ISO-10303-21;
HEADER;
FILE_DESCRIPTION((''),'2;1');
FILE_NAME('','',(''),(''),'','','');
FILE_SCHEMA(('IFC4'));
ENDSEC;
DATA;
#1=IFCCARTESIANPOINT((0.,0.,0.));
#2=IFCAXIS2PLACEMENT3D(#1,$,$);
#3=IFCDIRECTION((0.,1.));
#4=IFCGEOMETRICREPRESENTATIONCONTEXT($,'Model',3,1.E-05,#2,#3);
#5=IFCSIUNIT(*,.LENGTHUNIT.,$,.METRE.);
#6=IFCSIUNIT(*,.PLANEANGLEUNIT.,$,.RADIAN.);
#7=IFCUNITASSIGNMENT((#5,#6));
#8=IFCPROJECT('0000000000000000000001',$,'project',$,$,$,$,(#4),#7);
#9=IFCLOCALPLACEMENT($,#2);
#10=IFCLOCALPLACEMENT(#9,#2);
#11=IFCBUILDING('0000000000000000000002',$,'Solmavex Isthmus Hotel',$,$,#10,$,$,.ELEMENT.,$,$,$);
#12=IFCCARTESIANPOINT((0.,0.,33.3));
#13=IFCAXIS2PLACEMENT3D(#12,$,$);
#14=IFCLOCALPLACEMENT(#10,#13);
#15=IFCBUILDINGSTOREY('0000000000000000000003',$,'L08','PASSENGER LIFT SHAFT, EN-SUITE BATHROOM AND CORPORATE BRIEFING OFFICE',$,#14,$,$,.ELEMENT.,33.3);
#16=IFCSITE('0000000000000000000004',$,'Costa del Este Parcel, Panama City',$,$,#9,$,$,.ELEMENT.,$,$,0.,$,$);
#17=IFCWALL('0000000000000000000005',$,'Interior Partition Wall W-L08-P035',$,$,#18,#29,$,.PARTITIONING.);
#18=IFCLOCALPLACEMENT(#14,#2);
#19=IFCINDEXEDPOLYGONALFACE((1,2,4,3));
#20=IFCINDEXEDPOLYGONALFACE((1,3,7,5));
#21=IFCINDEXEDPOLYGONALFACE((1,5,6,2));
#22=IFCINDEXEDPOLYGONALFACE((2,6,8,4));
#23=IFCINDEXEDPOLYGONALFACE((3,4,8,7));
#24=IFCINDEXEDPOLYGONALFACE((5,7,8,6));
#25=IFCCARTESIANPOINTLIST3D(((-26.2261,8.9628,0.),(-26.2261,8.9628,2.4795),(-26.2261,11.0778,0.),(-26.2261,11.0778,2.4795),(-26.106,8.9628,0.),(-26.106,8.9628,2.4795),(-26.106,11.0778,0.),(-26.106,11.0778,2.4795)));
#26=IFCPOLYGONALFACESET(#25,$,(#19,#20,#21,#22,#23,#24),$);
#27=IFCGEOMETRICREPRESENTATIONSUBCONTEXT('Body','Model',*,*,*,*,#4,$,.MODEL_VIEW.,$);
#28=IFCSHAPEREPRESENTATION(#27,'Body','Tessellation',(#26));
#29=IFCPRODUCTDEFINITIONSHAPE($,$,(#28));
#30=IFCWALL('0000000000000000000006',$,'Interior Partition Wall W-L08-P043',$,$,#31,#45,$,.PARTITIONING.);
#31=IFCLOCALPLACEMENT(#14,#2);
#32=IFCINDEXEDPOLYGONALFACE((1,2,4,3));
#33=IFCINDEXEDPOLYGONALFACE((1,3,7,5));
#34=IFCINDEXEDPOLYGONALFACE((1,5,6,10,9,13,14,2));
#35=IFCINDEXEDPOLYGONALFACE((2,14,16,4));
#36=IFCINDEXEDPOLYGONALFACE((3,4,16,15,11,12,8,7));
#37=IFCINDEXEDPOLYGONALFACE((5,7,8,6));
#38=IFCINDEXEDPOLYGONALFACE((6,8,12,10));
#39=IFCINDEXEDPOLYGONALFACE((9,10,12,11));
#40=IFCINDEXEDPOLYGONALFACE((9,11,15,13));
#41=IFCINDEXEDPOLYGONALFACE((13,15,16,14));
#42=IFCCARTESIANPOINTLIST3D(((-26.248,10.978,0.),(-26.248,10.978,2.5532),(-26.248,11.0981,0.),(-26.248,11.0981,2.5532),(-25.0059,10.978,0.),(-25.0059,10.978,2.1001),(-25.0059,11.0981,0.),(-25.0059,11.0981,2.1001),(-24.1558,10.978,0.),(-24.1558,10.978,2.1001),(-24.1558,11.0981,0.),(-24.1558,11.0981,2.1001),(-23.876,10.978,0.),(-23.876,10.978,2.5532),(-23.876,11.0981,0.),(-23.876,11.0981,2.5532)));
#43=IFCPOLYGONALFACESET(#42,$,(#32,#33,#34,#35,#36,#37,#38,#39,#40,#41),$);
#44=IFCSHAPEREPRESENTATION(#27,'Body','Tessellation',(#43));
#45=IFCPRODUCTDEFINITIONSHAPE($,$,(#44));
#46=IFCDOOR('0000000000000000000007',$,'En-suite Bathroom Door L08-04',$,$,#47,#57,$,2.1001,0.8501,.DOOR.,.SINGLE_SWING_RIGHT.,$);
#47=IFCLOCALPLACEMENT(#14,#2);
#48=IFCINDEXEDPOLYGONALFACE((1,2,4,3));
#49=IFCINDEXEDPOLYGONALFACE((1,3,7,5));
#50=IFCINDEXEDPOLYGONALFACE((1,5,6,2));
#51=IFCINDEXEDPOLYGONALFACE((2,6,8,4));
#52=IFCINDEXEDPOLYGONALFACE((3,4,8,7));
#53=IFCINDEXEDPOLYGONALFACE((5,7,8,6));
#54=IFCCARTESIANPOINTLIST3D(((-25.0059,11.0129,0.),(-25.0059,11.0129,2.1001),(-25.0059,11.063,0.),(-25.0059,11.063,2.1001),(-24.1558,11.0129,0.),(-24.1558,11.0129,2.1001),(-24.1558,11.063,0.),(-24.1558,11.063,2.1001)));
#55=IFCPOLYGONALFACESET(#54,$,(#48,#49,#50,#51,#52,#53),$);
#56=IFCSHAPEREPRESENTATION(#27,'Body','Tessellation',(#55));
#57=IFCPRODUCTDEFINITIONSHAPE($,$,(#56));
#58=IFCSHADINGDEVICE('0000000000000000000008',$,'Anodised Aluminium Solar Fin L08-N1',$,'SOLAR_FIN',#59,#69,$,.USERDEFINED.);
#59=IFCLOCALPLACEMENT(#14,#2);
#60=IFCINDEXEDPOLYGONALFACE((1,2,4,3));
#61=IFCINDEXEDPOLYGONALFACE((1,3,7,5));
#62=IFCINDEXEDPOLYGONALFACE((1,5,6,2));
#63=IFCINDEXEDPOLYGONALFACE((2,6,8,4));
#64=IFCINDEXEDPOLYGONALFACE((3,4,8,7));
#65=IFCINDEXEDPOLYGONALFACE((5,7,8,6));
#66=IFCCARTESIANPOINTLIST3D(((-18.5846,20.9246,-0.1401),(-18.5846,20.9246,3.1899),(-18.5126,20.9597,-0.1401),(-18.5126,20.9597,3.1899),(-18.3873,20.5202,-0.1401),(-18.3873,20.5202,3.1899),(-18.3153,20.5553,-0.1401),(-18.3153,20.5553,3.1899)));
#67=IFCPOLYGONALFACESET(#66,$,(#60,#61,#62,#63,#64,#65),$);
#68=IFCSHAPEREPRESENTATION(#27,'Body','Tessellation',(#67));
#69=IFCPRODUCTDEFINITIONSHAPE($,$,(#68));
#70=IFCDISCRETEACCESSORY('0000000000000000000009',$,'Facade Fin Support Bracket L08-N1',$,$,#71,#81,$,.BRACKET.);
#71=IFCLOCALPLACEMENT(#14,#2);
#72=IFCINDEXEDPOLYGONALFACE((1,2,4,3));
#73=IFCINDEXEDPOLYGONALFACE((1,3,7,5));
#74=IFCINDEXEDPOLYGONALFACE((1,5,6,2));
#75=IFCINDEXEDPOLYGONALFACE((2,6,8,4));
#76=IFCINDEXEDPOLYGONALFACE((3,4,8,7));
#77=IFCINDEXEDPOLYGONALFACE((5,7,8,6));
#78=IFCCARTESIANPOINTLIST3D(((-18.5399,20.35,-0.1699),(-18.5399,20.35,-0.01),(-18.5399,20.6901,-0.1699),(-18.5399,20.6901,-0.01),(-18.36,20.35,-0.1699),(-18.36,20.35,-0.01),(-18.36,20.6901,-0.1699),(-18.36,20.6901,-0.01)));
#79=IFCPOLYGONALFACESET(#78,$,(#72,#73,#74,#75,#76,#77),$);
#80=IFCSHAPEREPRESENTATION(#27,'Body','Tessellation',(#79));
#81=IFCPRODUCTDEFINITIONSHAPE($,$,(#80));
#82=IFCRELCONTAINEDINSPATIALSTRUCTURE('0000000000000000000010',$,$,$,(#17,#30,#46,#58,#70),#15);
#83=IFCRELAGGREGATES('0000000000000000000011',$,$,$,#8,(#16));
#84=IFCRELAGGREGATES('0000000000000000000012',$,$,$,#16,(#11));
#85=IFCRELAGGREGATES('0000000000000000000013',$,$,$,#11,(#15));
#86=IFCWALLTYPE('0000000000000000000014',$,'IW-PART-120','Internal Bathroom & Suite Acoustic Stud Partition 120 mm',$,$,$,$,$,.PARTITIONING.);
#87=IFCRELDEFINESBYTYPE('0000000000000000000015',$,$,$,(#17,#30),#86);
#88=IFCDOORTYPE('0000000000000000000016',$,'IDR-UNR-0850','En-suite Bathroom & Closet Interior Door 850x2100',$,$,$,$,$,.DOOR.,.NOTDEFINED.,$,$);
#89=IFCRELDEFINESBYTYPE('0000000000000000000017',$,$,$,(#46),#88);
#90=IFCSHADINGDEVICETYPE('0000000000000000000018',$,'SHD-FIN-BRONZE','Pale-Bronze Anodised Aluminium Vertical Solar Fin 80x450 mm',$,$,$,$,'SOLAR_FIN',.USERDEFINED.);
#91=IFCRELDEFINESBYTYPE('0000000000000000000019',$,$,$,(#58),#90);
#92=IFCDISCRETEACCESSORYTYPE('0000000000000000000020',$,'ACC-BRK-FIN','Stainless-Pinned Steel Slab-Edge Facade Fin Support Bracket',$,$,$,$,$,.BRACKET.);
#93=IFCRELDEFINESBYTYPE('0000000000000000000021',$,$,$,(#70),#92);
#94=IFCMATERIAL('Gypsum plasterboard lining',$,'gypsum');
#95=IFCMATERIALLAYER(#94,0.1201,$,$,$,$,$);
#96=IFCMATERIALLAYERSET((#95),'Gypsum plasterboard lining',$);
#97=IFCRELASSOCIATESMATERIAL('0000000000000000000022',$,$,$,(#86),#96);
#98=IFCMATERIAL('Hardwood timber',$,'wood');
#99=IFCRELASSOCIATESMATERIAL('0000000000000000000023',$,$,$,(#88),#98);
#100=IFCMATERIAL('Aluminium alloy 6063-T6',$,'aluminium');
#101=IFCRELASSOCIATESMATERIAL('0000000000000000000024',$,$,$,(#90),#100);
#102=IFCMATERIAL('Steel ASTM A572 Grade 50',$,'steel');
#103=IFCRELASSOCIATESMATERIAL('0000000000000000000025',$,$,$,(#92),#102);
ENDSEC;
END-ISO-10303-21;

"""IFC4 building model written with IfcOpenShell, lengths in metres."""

from ifc_helpers import new_model, si_unit, direction, frame, frame_2d, origin, origin_2d, place, context, subcontext, project, spatial, rectangle, extrude, material, layer, layer_set, type_object, element, fill, save


model = new_model("IFC4")

# Units and contexts
model_context = context("Model", 3, precision=1e-05, world=origin(), true_north=direction((0.0, 1.0)))
body_context = subcontext(model_context, "Body", "Model", "MODEL_VIEW")
ifc_project = project(units=[si_unit("LENGTHUNIT", "METRE"), si_unit("PLANEANGLEUNIT", "RADIAN")], contexts=[model_context])

# Site, building, storey
site_placement = place(None, origin())
site = spatial("IfcSite", under=ifc_project, at=site_placement, Name="Costa del Este Parcel, Panama City", CompositionType="ELEMENT", RefElevation=0.0)
building_placement = place(site_placement, origin())
building = spatial("IfcBuilding", under=site, at=building_placement, Name="Solmavex Isthmus Hotel", CompositionType="ELEMENT")
storey_placement = place(building_placement, frame((0.0, 0.0, 33.3)))
storey = spatial("IfcBuildingStorey", under=building, at=storey_placement, Name="L08", Description="PASSENGER LIFT SHAFT, EN-SUITE BATHROOM AND CORPORATE BRIEFING OFFICE", CompositionType="ELEMENT", Elevation=33.3)

# Shared definitions
ifc_material_1 = material(Name="Aluminium alloy 6063-T6", Category="aluminium")

# Shared definitions
ifc_material_2 = material(Name="Gypsum plasterboard lining", Category="gypsum")
ifc_material_3 = material(Name="Hardwood timber", Category="wood")

# Wall
ifc_layer_1 = layer(ifc_material_2, 0.1201)
ifc_layer_set_1 = layer_set([ifc_layer_1], Name="Gypsum plasterboard lining")
wall_type_1 = type_object("IfcWallType", Name="IW-PART-120", Description="Internal Bathroom & Suite Acoustic Stud Partition 120 mm", PredefinedType="PARTITIONING", material=ifc_layer_set_1)
wall_1_placement = place(storey_placement, frame((-26.166, 11.0779, 0.0), z_axis=(0.0, 0.0, 1.0), x_axis=(0.0, -1.0, 0.0)))
element("IfcWall", 1, at=wall_1_placement, inside=storey, type_object=wall_type_1, Name="Interior Partition Wall W-L08-P035", PredefinedType="PARTITIONING", context=body_context, shape_type="SweptSolid", body=[
    extrude(rectangle(XDim=2.115, YDim=0.1201, at=frame_2d((1.0576, 0.0))), origin(), (0.0, 0.0, 1.0), 2.4795),
])

# Wall, opening, door
wall_2_placement = place(storey_placement, frame((-23.876, 11.0381, 0.0), z_axis=(0.0, 0.0, 1.0), x_axis=(-1.0, 0.0, 0.0)))
wall_2 = element("IfcWall", 2, at=wall_2_placement, inside=storey, type_object=wall_type_1, Name="Interior Partition Wall W-L08-P043", PredefinedType="PARTITIONING", context=body_context, shape_type="SweptSolid", body=[
    extrude(rectangle(XDim=2.3721, YDim=0.1201, at=frame_2d((1.186, 0.0))), origin(), (0.0, 0.0, 1.0), 2.5532),
])
opening_1_placement = place(wall_2_placement, frame((0.2798, 0.0, 0.0)))
opening_1 = element("IfcOpeningElement", 3, at=opening_1_placement, cuts=wall_2, PredefinedType="OPENING", context=body_context, shape_type="SweptSolid", body=[
    extrude(rectangle(XDim=0.8501, YDim=2.1001, at=frame_2d((0.425, 1.05))), frame((0.0, 0.0701, 0.0), z_axis=(0.0, -1.0, 0.0), x_axis=(1.0, 0.0, 0.0)), (0.0, 0.0, 1.0), 0.1401),
])
door_type_1 = type_object("IfcDoorType", Name="IDR-UNR-0850", Description="En-suite Bathroom & Closet Interior Door 850x2100", OperationType="NOTDEFINED", PredefinedType="DOOR", material=ifc_material_3)
door_1_placement = place(opening_1_placement, frame((0.8501, 0.0, 0.0), z_axis=(0.0, 0.0, 1.0), x_axis=(-1.0, 0.0, 0.0)))
door_1 = element("IfcDoor", 4, at=door_1_placement, inside=storey, type_object=door_type_1, Name="En-suite Bathroom Door L08-04", OperationType="SINGLE_SWING_RIGHT", OverallHeight=2.1001, OverallWidth=0.8501, PredefinedType="DOOR", context=body_context, shape_type="SweptSolid", body=[
    extrude(rectangle(XDim=0.8501, YDim=2.1001, at=frame_2d((0.425, 1.05))), frame((0.0, 0.0249, 0.0), z_axis=(0.0, -1.0, 0.0), x_axis=(1.0, 0.0, 0.0)), (0.0, 0.0, 1.0), 0.05),
])
fill(opening_1, door_1)

# Shading device
shading_device_type = type_object("IfcShadingDeviceType", Name="SHD-FIN-BRONZE", Description="Pale-Bronze Anodised Aluminium Vertical Solar Fin 80x450 mm", ElementType="SOLAR_FIN", PredefinedType="USERDEFINED", material=ifc_material_1)
shading_device_placement = place(storey_placement, frame((-18.45, 20.74, -0.1401), z_axis=(0.0, 0.0, 1.0), x_axis=(-0.438371, 0.898794, 0.0)))
element("IfcShadingDevice", 5, at=shading_device_placement, inside=storey, type_object=shading_device_type, Name="Anodised Aluminium Solar Fin L08-N1", ObjectType="SOLAR_FIN", PredefinedType="USERDEFINED", context=body_context, shape_type="SweptSolid", body=[
    extrude(rectangle(XDim=0.45, YDim=0.0801, at=origin_2d()), origin(), (0.0, 0.0, 1.0), 3.3301),
])

# Discrete accessory
ifc_material_4 = material(Name="Steel ASTM A572 Grade 50", Category="steel")
discrete_accessory_type = type_object("IfcDiscreteAccessoryType", Name="ACC-BRK-FIN", Description="Stainless-Pinned Steel Slab-Edge Facade Fin Support Bracket", PredefinedType="BRACKET", material=ifc_material_4)
discrete_accessory_placement = place(storey_placement, frame((-18.45, 20.52, -0.1699), z_axis=(0.0, 0.0, 1.0), x_axis=(0.0, 1.0, 0.0)))
element("IfcDiscreteAccessory", 6, at=discrete_accessory_placement, inside=storey, type_object=discrete_accessory_type, Name="Facade Fin Support Bracket L08-N1", PredefinedType="BRACKET", context=body_context, shape_type="SweptSolid", body=[
    extrude(rectangle(XDim=0.3401, YDim=0.1799, at=origin_2d()), origin(), (0.0, 0.0, 1.0), 0.1599),
])

save(model, "model.ifc")
